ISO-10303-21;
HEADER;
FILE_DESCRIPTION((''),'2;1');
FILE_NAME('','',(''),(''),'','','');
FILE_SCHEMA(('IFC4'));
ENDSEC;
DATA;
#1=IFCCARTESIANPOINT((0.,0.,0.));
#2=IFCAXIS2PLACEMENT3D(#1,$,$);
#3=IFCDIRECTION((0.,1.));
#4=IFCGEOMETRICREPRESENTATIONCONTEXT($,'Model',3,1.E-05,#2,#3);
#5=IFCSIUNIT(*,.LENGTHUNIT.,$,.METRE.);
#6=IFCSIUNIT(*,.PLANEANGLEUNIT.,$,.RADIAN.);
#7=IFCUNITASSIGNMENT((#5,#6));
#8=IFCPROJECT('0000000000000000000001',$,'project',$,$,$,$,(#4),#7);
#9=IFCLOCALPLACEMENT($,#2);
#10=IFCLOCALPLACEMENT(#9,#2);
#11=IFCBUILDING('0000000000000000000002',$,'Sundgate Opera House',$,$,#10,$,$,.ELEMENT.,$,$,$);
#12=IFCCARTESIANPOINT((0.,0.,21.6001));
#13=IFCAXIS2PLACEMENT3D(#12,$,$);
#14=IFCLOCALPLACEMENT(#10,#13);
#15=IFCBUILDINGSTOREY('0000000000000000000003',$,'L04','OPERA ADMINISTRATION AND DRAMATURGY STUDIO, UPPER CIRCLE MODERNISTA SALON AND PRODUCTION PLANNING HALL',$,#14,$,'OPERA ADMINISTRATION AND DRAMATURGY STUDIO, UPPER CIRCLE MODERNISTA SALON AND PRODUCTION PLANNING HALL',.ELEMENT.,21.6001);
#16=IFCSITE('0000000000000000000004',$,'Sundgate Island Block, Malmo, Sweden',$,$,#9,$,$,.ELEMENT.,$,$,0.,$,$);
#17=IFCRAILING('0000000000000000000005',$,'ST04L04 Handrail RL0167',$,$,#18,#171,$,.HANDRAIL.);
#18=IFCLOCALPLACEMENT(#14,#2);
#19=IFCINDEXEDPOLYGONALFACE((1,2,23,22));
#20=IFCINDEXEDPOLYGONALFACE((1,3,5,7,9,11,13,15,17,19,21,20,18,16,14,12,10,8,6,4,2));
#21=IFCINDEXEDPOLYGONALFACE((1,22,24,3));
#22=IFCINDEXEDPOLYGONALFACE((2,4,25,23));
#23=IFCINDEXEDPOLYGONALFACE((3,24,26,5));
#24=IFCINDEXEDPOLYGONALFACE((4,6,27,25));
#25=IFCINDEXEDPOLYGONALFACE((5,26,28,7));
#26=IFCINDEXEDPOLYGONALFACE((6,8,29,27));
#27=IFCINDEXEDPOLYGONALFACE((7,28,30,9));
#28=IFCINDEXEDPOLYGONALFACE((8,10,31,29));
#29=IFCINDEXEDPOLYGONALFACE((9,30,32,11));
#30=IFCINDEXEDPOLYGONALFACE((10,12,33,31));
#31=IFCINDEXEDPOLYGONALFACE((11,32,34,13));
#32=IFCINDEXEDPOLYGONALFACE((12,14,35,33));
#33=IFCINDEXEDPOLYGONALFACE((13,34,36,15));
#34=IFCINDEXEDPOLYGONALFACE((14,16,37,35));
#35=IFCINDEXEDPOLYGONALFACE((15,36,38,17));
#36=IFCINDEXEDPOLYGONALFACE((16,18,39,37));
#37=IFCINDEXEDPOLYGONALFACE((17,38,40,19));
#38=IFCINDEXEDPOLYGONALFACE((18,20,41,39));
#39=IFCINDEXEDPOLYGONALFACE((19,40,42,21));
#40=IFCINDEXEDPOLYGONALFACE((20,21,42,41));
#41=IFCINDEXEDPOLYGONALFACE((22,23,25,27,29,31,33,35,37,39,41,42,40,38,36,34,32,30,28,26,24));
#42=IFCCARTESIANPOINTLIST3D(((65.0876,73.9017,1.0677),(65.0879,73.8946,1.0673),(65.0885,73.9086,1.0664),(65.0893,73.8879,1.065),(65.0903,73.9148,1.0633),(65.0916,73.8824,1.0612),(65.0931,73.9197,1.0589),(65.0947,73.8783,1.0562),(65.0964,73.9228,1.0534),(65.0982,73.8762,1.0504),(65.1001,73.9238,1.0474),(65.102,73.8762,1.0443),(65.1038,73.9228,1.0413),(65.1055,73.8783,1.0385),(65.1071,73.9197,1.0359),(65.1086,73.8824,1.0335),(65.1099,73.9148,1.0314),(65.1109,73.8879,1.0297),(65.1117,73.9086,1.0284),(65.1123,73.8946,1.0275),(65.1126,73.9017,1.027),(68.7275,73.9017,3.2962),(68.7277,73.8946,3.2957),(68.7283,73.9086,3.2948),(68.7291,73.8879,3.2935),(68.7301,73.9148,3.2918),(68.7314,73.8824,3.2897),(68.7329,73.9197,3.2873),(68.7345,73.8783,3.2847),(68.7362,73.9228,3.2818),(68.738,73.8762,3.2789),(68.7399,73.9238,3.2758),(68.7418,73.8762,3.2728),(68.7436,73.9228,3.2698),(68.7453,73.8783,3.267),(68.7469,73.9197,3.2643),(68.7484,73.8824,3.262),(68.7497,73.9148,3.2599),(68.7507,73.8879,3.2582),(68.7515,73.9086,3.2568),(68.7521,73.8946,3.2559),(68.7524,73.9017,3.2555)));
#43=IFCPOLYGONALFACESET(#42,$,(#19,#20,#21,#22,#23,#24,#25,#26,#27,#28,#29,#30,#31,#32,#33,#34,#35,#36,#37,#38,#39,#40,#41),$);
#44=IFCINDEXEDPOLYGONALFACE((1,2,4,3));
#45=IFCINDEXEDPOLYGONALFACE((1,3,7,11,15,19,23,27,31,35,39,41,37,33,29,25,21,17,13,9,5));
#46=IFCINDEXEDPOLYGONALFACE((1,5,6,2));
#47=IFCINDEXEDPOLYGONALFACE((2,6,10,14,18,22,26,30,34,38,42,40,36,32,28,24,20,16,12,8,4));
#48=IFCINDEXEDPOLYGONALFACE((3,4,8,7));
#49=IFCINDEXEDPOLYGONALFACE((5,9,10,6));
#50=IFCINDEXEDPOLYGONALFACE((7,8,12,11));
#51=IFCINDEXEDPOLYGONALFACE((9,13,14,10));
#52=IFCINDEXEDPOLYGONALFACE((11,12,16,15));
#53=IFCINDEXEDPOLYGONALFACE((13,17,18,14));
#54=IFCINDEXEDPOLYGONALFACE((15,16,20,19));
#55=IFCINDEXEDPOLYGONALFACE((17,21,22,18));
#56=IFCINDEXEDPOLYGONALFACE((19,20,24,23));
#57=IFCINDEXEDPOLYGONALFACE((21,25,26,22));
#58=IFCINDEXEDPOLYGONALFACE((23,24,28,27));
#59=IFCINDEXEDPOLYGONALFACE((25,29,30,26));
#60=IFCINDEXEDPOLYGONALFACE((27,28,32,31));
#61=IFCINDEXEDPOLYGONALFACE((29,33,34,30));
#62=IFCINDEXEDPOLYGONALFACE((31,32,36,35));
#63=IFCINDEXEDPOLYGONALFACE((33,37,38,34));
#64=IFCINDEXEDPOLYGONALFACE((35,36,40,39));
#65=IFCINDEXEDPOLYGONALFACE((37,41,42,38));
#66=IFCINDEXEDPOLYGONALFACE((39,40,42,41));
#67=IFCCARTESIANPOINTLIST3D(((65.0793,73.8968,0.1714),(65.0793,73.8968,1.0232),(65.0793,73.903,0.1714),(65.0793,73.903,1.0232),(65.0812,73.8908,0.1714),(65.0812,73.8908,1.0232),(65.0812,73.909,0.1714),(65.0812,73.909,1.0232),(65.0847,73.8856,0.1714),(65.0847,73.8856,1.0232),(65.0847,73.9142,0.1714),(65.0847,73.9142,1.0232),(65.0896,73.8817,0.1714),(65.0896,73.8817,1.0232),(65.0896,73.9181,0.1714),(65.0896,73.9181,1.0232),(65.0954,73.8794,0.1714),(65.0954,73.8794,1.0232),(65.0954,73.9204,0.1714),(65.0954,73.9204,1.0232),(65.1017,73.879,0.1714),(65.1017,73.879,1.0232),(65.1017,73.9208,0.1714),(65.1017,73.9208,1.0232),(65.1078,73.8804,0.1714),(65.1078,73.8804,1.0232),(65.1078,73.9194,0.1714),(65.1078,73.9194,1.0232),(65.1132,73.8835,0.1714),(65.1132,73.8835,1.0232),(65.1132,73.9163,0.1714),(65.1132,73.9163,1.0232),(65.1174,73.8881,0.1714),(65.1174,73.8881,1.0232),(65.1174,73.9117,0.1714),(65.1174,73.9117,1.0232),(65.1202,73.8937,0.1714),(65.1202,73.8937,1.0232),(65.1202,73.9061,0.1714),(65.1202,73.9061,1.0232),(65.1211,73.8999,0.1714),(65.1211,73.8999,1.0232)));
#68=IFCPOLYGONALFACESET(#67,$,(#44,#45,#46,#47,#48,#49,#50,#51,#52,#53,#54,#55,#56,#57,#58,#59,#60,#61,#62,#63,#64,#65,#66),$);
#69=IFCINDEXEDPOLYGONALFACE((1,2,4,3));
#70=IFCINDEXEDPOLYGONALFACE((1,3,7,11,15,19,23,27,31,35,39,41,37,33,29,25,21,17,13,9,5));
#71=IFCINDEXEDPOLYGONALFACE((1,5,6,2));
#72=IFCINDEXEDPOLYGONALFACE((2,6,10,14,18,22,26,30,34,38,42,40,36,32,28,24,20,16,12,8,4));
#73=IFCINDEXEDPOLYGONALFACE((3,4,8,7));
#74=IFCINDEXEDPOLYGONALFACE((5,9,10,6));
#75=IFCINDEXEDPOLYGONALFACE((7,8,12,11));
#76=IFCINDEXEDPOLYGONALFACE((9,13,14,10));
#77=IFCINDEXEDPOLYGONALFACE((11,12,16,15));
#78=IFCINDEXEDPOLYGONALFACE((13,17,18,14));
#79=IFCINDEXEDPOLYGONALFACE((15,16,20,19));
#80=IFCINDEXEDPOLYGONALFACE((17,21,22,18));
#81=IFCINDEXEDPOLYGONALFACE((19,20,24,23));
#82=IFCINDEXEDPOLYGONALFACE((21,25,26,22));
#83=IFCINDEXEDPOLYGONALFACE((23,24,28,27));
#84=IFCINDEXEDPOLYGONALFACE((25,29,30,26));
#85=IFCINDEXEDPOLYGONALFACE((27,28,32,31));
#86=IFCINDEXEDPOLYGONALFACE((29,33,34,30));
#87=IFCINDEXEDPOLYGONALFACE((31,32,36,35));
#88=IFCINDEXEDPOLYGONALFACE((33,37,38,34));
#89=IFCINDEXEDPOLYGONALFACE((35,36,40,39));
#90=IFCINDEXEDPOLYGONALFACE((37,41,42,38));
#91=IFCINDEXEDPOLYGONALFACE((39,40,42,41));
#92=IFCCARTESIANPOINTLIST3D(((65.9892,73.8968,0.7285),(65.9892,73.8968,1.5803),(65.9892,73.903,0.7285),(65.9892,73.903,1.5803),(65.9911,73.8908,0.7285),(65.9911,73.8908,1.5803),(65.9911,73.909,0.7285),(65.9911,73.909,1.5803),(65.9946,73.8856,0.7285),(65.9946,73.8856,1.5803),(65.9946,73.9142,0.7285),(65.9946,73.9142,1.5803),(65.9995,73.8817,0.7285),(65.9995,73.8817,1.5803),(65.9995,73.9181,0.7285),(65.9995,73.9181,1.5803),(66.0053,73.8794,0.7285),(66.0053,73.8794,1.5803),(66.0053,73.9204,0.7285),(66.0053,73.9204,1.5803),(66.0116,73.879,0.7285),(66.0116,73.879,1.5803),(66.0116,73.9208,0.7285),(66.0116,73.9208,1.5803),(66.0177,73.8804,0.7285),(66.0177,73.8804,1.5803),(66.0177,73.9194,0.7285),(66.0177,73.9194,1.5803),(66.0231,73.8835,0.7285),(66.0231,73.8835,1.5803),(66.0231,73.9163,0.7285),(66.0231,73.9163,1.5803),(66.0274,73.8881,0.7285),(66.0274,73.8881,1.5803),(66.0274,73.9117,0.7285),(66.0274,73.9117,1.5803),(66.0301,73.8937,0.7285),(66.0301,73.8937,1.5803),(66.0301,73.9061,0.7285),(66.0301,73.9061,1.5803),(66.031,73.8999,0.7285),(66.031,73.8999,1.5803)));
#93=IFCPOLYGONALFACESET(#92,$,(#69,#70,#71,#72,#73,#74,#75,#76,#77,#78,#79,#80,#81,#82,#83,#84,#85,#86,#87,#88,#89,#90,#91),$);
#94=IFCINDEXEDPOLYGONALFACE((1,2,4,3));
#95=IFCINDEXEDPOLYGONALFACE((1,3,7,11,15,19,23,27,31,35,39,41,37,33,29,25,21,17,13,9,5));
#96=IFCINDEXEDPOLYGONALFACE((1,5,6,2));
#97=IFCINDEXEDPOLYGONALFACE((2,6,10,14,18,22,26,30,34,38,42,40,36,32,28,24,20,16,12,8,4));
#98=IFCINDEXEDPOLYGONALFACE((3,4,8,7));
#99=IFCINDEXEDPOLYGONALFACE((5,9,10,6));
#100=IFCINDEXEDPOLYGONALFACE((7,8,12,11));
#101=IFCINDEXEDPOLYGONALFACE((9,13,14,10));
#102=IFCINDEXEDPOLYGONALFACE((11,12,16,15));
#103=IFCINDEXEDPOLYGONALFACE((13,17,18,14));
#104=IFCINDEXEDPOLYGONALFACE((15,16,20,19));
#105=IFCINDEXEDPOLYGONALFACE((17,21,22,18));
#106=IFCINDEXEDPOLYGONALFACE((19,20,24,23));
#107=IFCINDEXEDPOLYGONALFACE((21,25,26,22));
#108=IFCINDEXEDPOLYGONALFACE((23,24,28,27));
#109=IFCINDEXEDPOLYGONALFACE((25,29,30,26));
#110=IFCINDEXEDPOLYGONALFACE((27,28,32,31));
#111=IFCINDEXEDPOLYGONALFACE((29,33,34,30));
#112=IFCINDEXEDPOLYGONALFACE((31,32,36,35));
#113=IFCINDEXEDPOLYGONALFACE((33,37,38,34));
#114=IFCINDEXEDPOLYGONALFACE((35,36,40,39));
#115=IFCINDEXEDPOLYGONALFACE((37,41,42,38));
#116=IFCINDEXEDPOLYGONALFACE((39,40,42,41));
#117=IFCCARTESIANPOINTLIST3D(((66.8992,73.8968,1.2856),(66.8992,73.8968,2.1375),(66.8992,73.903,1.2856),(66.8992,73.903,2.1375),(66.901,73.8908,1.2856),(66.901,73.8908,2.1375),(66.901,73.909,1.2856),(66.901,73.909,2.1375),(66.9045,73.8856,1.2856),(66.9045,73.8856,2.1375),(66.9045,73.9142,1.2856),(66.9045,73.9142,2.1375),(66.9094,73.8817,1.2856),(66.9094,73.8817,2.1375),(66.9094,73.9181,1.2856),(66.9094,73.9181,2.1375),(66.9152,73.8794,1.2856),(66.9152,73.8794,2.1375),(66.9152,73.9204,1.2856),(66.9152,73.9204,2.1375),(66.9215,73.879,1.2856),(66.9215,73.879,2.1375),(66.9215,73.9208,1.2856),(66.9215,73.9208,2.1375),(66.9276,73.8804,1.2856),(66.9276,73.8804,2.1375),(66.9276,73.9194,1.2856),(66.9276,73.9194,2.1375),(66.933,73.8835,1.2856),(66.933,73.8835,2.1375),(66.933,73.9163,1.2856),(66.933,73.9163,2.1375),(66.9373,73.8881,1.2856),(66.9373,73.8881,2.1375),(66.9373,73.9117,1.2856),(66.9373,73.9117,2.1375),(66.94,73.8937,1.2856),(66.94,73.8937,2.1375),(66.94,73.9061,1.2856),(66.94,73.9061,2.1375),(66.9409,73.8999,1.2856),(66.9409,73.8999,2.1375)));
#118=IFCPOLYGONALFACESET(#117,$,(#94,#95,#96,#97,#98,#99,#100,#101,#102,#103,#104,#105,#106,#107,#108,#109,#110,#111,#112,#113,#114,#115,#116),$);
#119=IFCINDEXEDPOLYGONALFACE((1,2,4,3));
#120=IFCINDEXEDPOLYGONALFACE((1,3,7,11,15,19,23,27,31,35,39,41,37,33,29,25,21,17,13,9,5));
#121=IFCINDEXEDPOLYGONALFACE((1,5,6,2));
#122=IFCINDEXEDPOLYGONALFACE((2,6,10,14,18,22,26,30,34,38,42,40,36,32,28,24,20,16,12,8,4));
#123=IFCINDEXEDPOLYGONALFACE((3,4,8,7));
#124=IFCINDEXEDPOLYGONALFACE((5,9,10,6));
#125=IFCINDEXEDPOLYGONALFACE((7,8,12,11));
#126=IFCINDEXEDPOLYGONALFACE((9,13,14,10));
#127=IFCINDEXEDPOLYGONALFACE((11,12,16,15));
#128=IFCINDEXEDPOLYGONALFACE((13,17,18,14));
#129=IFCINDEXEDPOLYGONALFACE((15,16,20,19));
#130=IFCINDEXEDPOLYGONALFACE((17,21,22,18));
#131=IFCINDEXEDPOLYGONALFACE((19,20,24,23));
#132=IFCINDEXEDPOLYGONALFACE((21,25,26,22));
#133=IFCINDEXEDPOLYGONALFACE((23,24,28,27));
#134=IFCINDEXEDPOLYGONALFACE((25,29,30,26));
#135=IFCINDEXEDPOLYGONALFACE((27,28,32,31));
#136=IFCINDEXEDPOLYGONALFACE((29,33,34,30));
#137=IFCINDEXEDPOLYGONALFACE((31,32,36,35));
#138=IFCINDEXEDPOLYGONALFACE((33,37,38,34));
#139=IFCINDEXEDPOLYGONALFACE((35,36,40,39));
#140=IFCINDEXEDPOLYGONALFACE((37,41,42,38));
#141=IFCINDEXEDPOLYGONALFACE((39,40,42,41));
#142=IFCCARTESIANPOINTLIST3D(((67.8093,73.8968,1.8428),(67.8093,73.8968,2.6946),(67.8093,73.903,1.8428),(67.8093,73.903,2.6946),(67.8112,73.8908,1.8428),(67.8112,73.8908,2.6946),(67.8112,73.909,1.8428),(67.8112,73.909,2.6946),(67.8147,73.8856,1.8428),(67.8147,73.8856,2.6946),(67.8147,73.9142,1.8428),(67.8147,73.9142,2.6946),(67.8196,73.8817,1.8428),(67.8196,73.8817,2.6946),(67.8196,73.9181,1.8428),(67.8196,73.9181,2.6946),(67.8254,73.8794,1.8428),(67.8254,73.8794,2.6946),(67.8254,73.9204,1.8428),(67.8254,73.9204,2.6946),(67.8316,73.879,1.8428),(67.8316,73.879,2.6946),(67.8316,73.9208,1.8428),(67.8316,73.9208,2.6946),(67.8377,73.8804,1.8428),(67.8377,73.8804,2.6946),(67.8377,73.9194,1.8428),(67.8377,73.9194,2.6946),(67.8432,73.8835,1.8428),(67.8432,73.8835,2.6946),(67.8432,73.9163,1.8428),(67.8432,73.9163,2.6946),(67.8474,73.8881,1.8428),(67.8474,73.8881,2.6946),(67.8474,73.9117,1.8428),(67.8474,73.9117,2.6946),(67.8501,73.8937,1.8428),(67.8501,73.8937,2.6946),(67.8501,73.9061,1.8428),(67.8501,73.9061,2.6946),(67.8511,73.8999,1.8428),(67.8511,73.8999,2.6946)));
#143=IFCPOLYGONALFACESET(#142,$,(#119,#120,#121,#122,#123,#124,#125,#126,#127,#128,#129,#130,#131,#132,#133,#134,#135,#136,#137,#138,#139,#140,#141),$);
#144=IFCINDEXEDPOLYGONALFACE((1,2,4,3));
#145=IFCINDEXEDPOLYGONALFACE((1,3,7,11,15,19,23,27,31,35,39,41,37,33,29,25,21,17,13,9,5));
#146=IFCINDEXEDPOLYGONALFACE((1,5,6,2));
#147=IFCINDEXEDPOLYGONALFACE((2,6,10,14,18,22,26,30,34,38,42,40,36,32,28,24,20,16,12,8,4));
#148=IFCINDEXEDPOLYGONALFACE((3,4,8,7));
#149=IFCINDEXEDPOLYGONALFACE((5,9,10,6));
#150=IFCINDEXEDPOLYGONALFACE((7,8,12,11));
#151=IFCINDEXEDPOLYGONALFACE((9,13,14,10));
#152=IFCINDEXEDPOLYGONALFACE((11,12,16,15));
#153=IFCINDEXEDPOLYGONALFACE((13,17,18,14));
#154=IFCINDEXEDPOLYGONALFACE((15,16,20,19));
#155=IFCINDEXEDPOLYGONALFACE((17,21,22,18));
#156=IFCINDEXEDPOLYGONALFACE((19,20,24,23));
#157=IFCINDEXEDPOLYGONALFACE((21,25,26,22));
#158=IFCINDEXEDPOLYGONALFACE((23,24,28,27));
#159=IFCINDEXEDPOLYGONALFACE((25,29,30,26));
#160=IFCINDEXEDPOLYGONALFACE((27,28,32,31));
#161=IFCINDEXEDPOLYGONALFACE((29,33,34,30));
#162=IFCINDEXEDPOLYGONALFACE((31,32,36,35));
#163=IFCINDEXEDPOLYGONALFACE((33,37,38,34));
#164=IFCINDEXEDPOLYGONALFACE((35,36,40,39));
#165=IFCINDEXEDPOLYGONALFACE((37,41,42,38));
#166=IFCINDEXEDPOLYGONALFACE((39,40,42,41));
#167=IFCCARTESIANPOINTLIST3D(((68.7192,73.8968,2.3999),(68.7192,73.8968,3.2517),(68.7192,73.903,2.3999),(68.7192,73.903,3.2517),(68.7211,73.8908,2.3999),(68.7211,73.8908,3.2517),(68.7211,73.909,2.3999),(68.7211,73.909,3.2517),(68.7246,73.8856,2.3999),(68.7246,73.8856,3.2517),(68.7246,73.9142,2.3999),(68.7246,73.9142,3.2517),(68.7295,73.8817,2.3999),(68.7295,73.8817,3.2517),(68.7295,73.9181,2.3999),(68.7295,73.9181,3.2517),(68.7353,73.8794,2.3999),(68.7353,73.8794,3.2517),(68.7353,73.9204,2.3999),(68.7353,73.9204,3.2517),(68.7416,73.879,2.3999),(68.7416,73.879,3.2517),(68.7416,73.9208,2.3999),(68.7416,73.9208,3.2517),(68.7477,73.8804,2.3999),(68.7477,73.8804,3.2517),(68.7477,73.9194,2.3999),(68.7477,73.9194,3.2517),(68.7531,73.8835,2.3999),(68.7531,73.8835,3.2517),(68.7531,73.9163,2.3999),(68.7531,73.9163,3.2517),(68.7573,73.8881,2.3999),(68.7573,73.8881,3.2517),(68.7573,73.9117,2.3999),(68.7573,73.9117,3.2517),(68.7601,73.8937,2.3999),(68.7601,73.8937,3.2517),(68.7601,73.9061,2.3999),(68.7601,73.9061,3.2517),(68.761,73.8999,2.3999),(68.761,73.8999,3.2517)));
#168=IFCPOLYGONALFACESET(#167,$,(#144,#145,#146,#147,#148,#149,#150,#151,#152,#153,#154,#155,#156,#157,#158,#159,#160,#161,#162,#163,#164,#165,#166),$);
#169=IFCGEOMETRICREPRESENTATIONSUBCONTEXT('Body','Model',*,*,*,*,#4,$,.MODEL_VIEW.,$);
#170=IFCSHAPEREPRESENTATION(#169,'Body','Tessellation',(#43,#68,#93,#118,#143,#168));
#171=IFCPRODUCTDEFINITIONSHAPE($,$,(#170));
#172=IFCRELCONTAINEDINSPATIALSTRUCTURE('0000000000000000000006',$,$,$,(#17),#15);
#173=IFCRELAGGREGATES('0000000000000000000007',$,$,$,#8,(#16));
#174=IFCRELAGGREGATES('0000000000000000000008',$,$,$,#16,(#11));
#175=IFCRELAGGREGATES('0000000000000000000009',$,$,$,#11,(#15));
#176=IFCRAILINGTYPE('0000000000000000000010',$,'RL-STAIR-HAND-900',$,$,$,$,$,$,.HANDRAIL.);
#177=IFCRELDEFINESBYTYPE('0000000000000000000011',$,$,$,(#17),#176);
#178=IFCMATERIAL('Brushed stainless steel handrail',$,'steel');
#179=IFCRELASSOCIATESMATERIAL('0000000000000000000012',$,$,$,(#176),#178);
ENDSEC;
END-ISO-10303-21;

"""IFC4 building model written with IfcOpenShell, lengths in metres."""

from ifc_helpers import new_model, si_unit, direction, frame, origin, origin_2d, place, context, subcontext, project, spatial, circle, extrude, material, type_object, element, save


model = new_model("IFC4")

# Units and contexts
model_context = context("Model", 3, precision=1e-05, world=origin(), true_north=direction((0.0, 1.0)))
body_context = subcontext(model_context, "Body", "Model", "MODEL_VIEW")
ifc_project = project(units=[si_unit("LENGTHUNIT", "METRE"), si_unit("PLANEANGLEUNIT", "RADIAN")], contexts=[model_context])

# Site, building, storey
site_placement = place(None, origin())
site = spatial("IfcSite", under=ifc_project, at=site_placement, Name="Sundgate Island Block, Malmo, Sweden", CompositionType="ELEMENT", RefElevation=0.0)
building_placement = place(site_placement, origin())
building = spatial("IfcBuilding", under=site, at=building_placement, Name="Sundgate Opera House", CompositionType="ELEMENT")
storey_placement = place(building_placement, frame((0.0, 0.0, 21.6001)))
storey = spatial("IfcBuildingStorey", under=building, at=storey_placement, Name="L04", Description="OPERA ADMINISTRATION AND DRAMATURGY STUDIO, UPPER CIRCLE MODERNISTA SALON AND PRODUCTION PLANNING HALL", LongName="OPERA ADMINISTRATION AND DRAMATURGY STUDIO, UPPER CIRCLE MODERNISTA SALON AND PRODUCTION PLANNING HALL", CompositionType="ELEMENT", Elevation=21.6001)

# Railing
ifc_material_1 = material(Name="Brushed stainless steel handrail", Category="steel")
railing_type_1 = type_object("IfcRailingType", Name="RL-STAIR-HAND-900", PredefinedType="HANDRAIL", material=ifc_material_1)
railing_1_placement = place(storey_placement, frame((65.1001, 73.8999, 0.1714)))
element("IfcRailing", 1, at=railing_1_placement, inside=storey, type_object=railing_type_1, Name="ST04L04 Handrail RL0167", PredefinedType="HANDRAIL", context=body_context, shape_type="SweptSolid", body=[
    extrude(circle(Radius=0.0239, at=origin_2d()), frame((0.0, 0.0, 0.876), z_axis=(0.85285, 0.0, 0.522156), x_axis=(0.0, 1.0, 0.0)), (0.0, 0.0, 1.0), 4.2678),
    extrude(circle(Radius=0.021, at=origin_2d()), origin(), (0.0, 0.0, 1.0), 0.8518),
    extrude(circle(Radius=0.021, at=origin_2d()), frame((0.9099, 0.0, 0.5571)), (0.0, 0.0, 1.0), 0.8518),
    extrude(circle(Radius=0.021, at=origin_2d()), frame((1.8198, 0.0, 1.1143)), (0.0, 0.0, 1.0), 0.8518),
    extrude(circle(Radius=0.021, at=origin_2d()), frame((2.73, 0.0, 1.6714)), (0.0, 0.0, 1.0), 0.8518),
    extrude(circle(Radius=0.021, at=origin_2d()), frame((3.6399, 0.0, 2.2285)), (0.0, 0.0, 1.0), 0.8518),
])

save(model, "model.ifc")
